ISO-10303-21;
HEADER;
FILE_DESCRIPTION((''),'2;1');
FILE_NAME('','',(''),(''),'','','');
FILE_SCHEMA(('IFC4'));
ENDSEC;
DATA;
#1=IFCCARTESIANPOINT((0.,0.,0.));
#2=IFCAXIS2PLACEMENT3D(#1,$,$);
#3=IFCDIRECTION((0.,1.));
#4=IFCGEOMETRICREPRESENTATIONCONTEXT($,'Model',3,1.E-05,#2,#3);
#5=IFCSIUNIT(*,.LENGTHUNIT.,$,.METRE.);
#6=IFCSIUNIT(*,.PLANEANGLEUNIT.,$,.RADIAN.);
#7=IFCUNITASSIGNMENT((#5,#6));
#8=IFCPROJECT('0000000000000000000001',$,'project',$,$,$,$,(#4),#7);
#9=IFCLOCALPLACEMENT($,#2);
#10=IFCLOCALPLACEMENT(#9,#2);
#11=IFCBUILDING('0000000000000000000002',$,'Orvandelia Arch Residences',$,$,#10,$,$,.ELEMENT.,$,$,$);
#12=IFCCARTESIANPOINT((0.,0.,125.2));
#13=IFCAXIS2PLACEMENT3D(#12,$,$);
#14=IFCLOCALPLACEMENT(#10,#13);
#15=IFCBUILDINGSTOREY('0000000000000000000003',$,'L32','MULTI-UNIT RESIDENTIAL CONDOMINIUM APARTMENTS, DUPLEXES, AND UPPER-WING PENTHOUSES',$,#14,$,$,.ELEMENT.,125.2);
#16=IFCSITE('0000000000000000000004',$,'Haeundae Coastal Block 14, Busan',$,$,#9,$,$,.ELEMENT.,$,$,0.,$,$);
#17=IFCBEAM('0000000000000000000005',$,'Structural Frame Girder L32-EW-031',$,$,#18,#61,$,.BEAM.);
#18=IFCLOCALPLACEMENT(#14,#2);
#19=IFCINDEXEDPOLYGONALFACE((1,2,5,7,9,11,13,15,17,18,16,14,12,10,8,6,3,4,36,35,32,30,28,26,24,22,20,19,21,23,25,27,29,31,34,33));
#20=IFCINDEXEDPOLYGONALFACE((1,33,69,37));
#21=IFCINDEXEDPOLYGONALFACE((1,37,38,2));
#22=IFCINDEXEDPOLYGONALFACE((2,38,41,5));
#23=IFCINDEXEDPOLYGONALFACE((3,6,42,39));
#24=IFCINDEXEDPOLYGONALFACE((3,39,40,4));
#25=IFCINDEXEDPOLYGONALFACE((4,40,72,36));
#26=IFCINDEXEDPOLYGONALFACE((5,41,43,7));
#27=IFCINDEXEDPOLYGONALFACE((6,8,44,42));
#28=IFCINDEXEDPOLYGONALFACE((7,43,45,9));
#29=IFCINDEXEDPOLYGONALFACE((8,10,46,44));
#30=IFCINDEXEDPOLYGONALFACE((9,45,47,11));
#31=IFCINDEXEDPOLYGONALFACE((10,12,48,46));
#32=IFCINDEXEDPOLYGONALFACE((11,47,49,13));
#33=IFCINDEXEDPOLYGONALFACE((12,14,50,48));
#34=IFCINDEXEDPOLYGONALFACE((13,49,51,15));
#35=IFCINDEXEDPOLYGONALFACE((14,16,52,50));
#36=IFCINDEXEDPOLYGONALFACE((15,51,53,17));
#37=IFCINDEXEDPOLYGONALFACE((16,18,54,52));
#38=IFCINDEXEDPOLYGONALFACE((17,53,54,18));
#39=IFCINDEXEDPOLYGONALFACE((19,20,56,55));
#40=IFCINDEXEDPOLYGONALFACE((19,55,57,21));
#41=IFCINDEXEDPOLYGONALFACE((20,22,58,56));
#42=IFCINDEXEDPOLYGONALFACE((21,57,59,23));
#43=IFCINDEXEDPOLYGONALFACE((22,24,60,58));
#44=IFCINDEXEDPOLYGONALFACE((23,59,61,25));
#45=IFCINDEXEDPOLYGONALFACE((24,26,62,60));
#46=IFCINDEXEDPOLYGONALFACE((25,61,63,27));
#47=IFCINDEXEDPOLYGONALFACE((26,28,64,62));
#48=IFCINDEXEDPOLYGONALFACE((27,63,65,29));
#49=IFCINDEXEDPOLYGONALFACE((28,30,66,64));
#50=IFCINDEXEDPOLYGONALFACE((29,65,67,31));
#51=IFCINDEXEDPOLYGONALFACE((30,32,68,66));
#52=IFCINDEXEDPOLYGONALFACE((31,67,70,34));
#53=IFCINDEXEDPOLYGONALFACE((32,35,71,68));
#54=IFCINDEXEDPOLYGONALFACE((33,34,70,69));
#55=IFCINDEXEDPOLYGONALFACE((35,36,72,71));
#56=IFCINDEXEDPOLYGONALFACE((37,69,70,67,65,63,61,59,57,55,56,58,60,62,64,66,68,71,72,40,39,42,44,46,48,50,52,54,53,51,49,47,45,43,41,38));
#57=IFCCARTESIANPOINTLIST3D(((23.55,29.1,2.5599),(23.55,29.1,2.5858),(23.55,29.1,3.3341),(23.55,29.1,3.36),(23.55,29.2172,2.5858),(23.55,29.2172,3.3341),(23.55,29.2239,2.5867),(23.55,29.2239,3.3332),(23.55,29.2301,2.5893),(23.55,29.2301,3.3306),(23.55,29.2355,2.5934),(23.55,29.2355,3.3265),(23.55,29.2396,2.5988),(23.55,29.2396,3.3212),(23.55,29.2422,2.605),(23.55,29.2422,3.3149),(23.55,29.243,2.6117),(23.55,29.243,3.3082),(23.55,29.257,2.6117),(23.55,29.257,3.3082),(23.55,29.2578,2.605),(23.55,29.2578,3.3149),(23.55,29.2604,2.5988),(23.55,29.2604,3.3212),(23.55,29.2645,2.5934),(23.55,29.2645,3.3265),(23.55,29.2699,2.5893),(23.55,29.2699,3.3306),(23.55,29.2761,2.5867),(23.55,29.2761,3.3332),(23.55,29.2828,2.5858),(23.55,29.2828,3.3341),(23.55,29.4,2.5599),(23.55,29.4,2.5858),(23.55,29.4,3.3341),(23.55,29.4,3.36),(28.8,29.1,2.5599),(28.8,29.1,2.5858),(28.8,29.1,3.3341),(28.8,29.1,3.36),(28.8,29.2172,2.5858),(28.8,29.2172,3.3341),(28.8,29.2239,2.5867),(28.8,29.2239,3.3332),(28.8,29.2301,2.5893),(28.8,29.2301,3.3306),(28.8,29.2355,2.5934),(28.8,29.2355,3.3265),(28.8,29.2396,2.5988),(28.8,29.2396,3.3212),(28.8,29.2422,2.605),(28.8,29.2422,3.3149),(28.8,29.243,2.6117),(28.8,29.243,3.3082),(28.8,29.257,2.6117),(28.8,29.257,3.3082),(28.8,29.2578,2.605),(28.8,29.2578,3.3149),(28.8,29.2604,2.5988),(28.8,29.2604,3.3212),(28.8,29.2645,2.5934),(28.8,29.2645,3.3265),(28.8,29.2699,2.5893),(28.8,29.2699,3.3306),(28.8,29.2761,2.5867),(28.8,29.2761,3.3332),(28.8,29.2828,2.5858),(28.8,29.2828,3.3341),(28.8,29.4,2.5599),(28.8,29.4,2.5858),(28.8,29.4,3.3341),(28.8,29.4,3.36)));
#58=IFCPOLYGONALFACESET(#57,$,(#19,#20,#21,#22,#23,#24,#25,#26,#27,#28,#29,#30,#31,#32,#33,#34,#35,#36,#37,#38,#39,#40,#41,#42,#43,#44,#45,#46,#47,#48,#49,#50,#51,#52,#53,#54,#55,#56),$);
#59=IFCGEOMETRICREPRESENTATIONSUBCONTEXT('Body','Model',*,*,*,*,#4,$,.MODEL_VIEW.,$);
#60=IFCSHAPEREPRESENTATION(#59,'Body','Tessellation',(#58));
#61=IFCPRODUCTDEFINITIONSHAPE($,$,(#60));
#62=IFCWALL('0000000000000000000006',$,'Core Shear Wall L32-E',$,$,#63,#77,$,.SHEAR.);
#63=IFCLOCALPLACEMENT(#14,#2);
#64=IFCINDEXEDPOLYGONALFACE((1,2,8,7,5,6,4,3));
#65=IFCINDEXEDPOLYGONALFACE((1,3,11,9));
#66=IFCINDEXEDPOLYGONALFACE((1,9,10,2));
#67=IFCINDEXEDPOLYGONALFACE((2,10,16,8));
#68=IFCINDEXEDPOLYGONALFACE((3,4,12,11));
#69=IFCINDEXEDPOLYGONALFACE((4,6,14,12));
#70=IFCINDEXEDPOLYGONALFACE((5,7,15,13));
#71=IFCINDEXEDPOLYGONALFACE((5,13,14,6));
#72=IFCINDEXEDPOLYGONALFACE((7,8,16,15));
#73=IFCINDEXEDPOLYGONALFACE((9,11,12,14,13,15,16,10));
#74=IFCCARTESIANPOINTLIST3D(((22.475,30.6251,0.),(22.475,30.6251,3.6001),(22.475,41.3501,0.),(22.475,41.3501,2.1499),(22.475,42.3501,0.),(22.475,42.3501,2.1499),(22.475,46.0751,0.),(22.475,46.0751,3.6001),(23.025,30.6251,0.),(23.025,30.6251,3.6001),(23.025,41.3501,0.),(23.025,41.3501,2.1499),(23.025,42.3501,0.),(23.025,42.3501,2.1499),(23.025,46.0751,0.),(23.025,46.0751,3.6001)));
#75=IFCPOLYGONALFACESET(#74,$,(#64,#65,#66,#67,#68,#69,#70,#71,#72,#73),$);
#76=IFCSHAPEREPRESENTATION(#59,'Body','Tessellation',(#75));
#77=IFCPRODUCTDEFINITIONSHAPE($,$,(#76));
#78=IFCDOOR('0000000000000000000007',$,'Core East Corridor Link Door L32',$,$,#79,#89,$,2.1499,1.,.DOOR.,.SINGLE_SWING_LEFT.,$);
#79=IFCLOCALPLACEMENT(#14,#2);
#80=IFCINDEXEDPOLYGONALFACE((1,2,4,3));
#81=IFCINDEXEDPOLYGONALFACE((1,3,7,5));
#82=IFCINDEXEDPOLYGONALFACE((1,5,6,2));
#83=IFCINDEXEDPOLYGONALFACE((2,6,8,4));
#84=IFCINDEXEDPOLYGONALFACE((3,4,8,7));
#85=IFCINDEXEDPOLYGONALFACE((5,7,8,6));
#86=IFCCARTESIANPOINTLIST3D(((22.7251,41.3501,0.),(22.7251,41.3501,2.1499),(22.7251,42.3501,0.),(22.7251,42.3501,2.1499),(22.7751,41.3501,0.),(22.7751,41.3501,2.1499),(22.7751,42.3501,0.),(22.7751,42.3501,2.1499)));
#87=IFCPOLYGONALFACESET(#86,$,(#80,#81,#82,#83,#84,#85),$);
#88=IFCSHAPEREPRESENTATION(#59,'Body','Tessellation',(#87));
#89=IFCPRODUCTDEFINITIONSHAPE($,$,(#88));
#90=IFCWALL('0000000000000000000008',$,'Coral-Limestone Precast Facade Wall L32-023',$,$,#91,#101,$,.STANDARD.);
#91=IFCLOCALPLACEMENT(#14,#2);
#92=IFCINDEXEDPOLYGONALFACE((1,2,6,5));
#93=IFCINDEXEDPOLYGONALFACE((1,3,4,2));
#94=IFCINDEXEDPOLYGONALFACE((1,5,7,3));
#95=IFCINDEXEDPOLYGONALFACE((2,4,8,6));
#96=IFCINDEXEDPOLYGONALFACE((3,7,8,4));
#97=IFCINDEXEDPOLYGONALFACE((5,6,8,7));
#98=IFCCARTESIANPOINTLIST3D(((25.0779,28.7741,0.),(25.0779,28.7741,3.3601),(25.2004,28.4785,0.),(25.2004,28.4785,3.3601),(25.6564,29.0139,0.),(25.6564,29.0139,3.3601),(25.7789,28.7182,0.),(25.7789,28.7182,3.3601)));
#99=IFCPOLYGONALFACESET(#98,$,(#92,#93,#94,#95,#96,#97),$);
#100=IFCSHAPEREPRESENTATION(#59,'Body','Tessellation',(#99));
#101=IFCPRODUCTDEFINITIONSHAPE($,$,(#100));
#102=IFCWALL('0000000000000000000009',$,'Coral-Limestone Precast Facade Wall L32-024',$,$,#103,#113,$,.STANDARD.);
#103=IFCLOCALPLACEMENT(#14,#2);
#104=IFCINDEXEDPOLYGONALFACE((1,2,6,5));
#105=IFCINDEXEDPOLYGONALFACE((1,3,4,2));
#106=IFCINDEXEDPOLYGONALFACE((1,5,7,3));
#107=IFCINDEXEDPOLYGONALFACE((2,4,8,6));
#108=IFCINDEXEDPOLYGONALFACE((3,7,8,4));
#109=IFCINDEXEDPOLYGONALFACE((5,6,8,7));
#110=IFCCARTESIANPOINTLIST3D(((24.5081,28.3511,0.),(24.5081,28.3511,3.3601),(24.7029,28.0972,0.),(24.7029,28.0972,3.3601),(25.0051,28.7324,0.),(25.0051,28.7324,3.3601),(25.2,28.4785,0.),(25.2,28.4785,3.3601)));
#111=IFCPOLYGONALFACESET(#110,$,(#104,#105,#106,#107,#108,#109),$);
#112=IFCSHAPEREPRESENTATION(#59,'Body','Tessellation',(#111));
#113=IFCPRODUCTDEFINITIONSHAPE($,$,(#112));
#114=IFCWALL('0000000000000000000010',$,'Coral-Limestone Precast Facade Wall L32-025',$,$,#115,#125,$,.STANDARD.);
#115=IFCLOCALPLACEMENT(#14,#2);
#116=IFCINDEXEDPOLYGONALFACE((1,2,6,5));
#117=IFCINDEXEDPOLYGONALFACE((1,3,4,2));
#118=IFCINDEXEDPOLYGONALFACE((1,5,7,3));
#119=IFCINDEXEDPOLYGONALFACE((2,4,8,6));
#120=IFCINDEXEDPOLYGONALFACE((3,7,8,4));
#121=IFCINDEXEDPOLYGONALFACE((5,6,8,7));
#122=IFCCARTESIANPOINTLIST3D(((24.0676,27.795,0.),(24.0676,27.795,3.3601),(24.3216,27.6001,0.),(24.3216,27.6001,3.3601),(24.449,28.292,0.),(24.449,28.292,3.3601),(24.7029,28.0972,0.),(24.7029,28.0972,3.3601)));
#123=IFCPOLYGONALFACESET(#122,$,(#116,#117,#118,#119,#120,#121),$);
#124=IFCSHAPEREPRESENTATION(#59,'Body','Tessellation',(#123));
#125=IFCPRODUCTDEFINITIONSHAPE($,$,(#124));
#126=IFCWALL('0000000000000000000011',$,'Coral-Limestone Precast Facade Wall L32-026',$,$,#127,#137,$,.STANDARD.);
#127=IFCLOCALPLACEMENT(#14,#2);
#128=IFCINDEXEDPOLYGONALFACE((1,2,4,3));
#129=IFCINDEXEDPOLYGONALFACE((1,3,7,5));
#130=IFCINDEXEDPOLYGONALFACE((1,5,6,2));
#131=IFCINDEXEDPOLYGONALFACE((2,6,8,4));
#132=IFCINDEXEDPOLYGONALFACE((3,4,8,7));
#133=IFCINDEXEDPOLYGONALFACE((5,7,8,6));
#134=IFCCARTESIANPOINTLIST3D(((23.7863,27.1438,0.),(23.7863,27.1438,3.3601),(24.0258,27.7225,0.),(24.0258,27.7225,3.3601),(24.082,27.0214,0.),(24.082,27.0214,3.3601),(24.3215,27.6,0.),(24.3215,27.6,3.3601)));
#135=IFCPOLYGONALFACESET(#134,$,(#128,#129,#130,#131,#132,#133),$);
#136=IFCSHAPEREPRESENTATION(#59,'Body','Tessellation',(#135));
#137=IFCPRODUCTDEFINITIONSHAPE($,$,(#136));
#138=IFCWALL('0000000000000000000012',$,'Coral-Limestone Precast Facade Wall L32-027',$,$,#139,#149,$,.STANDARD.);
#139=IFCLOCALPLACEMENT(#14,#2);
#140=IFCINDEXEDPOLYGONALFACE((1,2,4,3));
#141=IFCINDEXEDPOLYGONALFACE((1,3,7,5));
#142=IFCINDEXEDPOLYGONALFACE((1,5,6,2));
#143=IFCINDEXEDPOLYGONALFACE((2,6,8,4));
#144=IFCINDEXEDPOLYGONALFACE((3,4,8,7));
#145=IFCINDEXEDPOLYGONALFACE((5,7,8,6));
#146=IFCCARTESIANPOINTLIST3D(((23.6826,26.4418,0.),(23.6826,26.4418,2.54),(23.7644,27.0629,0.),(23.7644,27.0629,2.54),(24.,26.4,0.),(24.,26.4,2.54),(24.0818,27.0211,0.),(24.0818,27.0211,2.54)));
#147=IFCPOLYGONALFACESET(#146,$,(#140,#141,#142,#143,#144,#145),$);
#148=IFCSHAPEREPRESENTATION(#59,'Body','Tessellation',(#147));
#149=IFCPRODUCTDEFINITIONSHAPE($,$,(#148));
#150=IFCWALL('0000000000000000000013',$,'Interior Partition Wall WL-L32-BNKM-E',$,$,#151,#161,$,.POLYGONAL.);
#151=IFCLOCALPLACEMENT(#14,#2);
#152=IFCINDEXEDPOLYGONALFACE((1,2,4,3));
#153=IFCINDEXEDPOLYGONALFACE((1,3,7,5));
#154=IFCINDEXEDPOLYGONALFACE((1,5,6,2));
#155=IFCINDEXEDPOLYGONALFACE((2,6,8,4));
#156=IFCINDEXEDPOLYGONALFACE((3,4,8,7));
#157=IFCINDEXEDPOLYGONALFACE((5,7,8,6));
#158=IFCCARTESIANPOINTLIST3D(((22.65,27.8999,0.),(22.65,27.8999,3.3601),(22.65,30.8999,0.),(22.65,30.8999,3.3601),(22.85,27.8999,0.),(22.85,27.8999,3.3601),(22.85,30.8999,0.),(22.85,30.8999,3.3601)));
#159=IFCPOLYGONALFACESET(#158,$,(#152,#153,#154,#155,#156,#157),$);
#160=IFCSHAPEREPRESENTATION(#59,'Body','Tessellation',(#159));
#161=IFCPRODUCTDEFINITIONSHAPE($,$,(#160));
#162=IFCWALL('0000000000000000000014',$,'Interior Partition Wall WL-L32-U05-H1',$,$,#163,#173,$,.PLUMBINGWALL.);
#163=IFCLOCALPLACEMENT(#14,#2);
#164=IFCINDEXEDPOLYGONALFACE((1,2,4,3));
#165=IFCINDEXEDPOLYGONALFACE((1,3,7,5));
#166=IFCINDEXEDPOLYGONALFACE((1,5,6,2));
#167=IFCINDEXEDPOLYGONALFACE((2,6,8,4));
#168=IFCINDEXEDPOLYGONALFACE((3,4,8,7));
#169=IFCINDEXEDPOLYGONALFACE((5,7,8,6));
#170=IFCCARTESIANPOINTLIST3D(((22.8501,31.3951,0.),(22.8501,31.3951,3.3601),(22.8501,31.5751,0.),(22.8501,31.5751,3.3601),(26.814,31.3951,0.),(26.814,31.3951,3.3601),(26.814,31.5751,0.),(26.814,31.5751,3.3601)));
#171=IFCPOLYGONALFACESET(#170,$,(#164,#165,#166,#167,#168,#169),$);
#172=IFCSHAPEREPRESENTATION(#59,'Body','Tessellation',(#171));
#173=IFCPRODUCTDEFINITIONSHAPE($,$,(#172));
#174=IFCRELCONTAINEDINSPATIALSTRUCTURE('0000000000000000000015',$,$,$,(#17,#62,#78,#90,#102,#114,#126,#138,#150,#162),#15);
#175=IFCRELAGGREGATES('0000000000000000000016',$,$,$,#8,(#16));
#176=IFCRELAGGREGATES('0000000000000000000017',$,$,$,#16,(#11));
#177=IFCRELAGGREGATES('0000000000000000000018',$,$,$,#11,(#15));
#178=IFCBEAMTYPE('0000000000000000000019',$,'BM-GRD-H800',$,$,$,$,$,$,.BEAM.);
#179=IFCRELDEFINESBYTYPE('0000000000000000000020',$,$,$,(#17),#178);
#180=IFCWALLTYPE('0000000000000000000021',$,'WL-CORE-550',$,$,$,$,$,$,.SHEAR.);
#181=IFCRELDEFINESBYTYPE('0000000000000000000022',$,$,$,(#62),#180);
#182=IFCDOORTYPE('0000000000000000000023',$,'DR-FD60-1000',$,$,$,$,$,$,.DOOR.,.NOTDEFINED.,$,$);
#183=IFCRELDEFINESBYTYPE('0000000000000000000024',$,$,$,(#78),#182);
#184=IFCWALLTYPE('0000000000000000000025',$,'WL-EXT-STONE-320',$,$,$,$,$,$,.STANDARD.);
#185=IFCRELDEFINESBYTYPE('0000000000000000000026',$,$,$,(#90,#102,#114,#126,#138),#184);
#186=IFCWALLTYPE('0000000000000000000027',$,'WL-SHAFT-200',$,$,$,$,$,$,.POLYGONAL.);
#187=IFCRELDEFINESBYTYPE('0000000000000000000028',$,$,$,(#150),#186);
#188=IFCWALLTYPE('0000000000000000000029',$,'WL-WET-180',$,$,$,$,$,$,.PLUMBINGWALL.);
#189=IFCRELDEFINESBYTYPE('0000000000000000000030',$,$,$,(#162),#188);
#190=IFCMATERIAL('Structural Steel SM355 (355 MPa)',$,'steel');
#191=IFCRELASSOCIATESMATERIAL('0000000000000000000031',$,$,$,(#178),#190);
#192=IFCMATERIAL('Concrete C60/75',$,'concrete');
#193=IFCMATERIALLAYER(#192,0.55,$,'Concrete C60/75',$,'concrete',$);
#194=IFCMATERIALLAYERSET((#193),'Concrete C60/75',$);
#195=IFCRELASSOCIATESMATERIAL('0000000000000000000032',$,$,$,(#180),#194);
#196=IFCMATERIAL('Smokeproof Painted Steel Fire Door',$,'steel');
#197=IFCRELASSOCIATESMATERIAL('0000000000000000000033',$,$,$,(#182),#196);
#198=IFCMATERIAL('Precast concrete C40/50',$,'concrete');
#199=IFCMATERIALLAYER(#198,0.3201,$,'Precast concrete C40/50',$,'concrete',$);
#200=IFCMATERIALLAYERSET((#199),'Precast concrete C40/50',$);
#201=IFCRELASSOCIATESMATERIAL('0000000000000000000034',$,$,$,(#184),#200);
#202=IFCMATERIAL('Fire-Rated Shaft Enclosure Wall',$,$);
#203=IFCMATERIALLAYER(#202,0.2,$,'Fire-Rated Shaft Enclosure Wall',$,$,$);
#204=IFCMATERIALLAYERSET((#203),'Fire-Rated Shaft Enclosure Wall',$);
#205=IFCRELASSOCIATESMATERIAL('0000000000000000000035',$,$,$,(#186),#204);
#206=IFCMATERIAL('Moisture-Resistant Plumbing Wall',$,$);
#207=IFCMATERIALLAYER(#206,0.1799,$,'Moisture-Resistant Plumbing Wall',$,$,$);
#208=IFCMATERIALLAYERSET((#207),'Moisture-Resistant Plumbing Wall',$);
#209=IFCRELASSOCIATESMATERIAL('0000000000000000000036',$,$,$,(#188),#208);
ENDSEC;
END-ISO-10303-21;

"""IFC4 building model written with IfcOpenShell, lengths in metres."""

from ifc_helpers import new_model, si_unit, direction, frame, frame_2d, origin, origin_2d, place, context, subcontext, project, spatial, rectangle, i_section, extrude, material, layer, layer_set, material_profile, profile_set, type_object, element, fill, save


model = new_model("IFC4")

# Units and contexts
model_context = context("Model", 3, precision=1e-05, world=origin(), true_north=direction((0.0, 1.0)))
body_context = subcontext(model_context, "Body", "Model", "MODEL_VIEW")
ifc_project = project(units=[si_unit("LENGTHUNIT", "METRE"), si_unit("PLANEANGLEUNIT", "RADIAN")], contexts=[model_context])

# Site, building, storey
site_placement = place(None, origin())
site = spatial("IfcSite", under=ifc_project, at=site_placement, Name="Haeundae Coastal Block 14, Busan", CompositionType="ELEMENT", RefElevation=0.0)
building_placement = place(site_placement, origin())
building = spatial("IfcBuilding", under=site, at=building_placement, Name="Orvandelia Arch Residences", CompositionType="ELEMENT")
storey_placement = place(building_placement, frame((0.0, 0.0, 125.2)))
storey = spatial("IfcBuildingStorey", under=building, at=storey_placement, Name="L32", Description="MULTI-UNIT RESIDENTIAL CONDOMINIUM APARTMENTS, DUPLEXES, AND UPPER-WING PENTHOUSES", CompositionType="ELEMENT", Elevation=125.2)

# Shared definitions
ifc_material_1 = material(Name="Concrete C60/75", Category="concrete")

# Beam
ifc_material_2 = material(Name="Structural Steel SM355 (355 MPa)", Category="steel")
ifc_material_profile_1 = material_profile(ifc_material_2, i_section(OverallWidth=0.3, OverallDepth=0.8, WebThickness=0.0139, FlangeThickness=0.0259, FilletRadius=0.0259, at=origin_2d()), Name="Structural Steel SM355 (355 MPa)", Category="steel")
ifc_profile_set_1 = profile_set([ifc_material_profile_1], Name="Structural Steel SM355 (355 MPa)")
beam_type = type_object("IfcBeamType", Name="BM-GRD-H800", PredefinedType="BEAM", material=ifc_profile_set_1)
beam_1_placement = place(storey_placement, frame((23.55, 29.25, 2.96), z_axis=(1.0, 0.0, 0.0), x_axis=(0.0, 1.0, 0.0)))
element("IfcBeam", 1, at=beam_1_placement, inside=storey, type_object=beam_type, Name="Structural Frame Girder L32-EW-031", PredefinedType="BEAM", context=body_context, shape_type="SweptSolid", body=[
    extrude(i_section(OverallWidth=0.3, OverallDepth=0.8, WebThickness=0.0139, FlangeThickness=0.0259, FilletRadius=0.0259, at=origin_2d()), origin(), (0.0, 0.0, 1.0), 5.25),
])

# Wall, opening, door
ifc_layer_1 = layer(ifc_material_1, 0.55, Name="Concrete C60/75", Category="concrete")
ifc_layer_set_1 = layer_set([ifc_layer_1], Name="Concrete C60/75")
wall_type_1 = type_object("IfcWallType", Name="WL-CORE-550", PredefinedType="SHEAR", material=ifc_layer_set_1)
wall_1_placement = place(storey_placement, frame((22.75, 30.625, 0.0), z_axis=(0.0, 0.0, 1.0), x_axis=(0.0, 1.0, 0.0)))
wall_1 = element("IfcWall", 2, at=wall_1_placement, inside=storey, type_object=wall_type_1, Name="Core Shear Wall L32-E", PredefinedType="SHEAR", context=body_context, shape_type="SweptSolid", body=[
    extrude(rectangle(XDim=15.45, YDim=0.55, at=frame_2d((7.7251, 0.0))), origin(), (0.0, 0.0, 1.0), 3.6001),
])
opening_placement = place(wall_1_placement, frame((10.7251, 0.0, 0.0)))
opening = element("IfcOpeningElement", 3, at=opening_placement, cuts=wall_1, PredefinedType="OPENING", context=body_context, shape_type="SweptSolid", body=[
    extrude(rectangle(XDim=1.0, YDim=2.1499, at=frame_2d((0.5, 1.075))), frame((0.0, 0.2852, 0.0), z_axis=(0.0, -1.0, 0.0), x_axis=(1.0, 0.0, 0.0)), (0.0, 0.0, 1.0), 0.5701),
])
ifc_material_3 = material(Name="Smokeproof Painted Steel Fire Door", Category="steel")
door_type = type_object("IfcDoorType", Name="DR-FD60-1000", OperationType="NOTDEFINED", PredefinedType="DOOR", material=ifc_material_3)
door_placement = place(opening_placement, origin())
door = element("IfcDoor", 4, at=door_placement, inside=storey, type_object=door_type, Name="Core East Corridor Link Door L32", OperationType="SINGLE_SWING_LEFT", OverallHeight=2.1499, OverallWidth=1.0, PredefinedType="DOOR", context=body_context, shape_type="SweptSolid", body=[
    extrude(rectangle(XDim=1.0, YDim=2.1499, at=frame_2d((0.5, 1.075))), frame((0.0, 0.0249, 0.0), z_axis=(0.0, -1.0, 0.0), x_axis=(1.0, 0.0, 0.0)), (0.0, 0.0, 1.0), 0.05),
])
fill(opening, door)

# Walls
ifc_material_4 = material(Name="Precast concrete C40/50", Category="concrete")
ifc_layer_2 = layer(ifc_material_4, 0.3201, Name="Precast concrete C40/50", Category="concrete")
ifc_layer_set_2 = layer_set([ifc_layer_2], Name="Precast concrete C40/50")
wall_type_2 = type_object("IfcWallType", Name="WL-EXT-STONE-320", PredefinedType="STANDARD", material=ifc_layer_set_2)
wall_2_placement = place(storey_placement, frame((25.7175, 28.866, 0.0), z_axis=(0.0, 0.0, 1.0), x_axis=(-0.923836, -0.382788, 0.0)))
element("IfcWall", 5, at=wall_2_placement, inside=storey, type_object=wall_type_2, Name="Coral-Limestone Precast Facade Wall L32-023", PredefinedType="STANDARD", context=body_context, shape_type="SweptSolid", body=[
    extrude(rectangle(XDim=0.6262, YDim=0.3201, at=frame_2d((0.313, 0.0))), origin(), (0.0, 0.0, 1.0), 3.3601),
])
for number, where, z_axis, x_axis, name in (
    (6, (25.1025, 28.6055, 0.0), (0.0, 0.0, 1.0), (-0.793406, -0.608693, 0.0), "Coral-Limestone Precast Facade Wall L32-024"),
    (7, (24.5759, 28.1946, 0.0), (0.0, 0.0, 1.0), (-0.608693, -0.793406, 0.0), "Coral-Limestone Precast Facade Wall L32-025"),
):
    element("IfcWall", number, at=place(storey_placement, frame(where, z_axis=z_axis, x_axis=x_axis)), inside=storey, type_object=wall_type_2, Name=name, PredefinedType="STANDARD", context=body_context, shape_type="SweptSolid", body=[
        extrude(rectangle(XDim=0.6265, YDim=0.3201, at=frame_2d((0.3132, 0.0))), origin(), (0.0, 0.0, 1.0), 3.3601),
    ])
wall_3_placement = place(storey_placement, frame((24.1736, 27.6611, 0.0), z_axis=(0.0, 0.0, 1.0), x_axis=(-0.382455, -0.923974, 0.0)))
element("IfcWall", 8, at=wall_3_placement, inside=storey, type_object=wall_type_2, Name="Coral-Limestone Precast Facade Wall L32-026", PredefinedType="STANDARD", context=body_context, shape_type="SweptSolid", body=[
    extrude(rectangle(XDim=0.6262, YDim=0.3201, at=frame_2d((0.313, 0.0))), origin(), (0.0, 0.0, 1.0), 3.3601),
])
wall_4_placement = place(storey_placement, frame((23.9231, 27.042, 0.0), z_axis=(0.0, 0.0, 1.0), x_axis=(-0.130555, -0.991441, 0.0)))
element("IfcWall", 9, at=wall_4_placement, inside=storey, type_object=wall_type_2, Name="Coral-Limestone Precast Facade Wall L32-027", PredefinedType="STANDARD", context=body_context, shape_type="SweptSolid", body=[
    extrude(rectangle(XDim=0.6265, YDim=0.3201, at=frame_2d((0.3132, 0.0))), origin(), (0.0, 0.0, 1.0), 2.54),
])
ifc_material_5 = material(Name="Fire-Rated Shaft Enclosure Wall")
ifc_layer_3 = layer(ifc_material_5, 0.2, Name="Fire-Rated Shaft Enclosure Wall")
ifc_layer_set_3 = layer_set([ifc_layer_3], Name="Fire-Rated Shaft Enclosure Wall")
wall_type_3 = type_object("IfcWallType", Name="WL-SHAFT-200", PredefinedType="POLYGONAL", material=ifc_layer_set_3)
wall_5_placement = place(storey_placement, frame((22.75, 27.8999, 0.0), z_axis=(0.0, 0.0, 1.0), x_axis=(0.0, 1.0, 0.0)))
element("IfcWall", 10, at=wall_5_placement, inside=storey, type_object=wall_type_3, Name="Interior Partition Wall WL-L32-BNKM-E", PredefinedType="POLYGONAL", context=body_context, shape_type="SweptSolid", body=[
    extrude(rectangle(XDim=3.0, YDim=0.2, at=frame_2d((1.5, 0.0))), origin(), (0.0, 0.0, 1.0), 3.3601),
])
ifc_material_6 = material(Name="Moisture-Resistant Plumbing Wall")
ifc_layer_4 = layer(ifc_material_6, 0.1799, Name="Moisture-Resistant Plumbing Wall")
ifc_layer_set_4 = layer_set([ifc_layer_4], Name="Moisture-Resistant Plumbing Wall")
wall_type_4 = type_object("IfcWallType", Name="WL-WET-180", PredefinedType="PLUMBINGWALL", material=ifc_layer_set_4)
wall_6_placement = place(storey_placement, frame((22.8501, 31.4851, 0.0), z_axis=(0.0, 0.0, 1.0), x_axis=(1.0, 0.0, 0.0)))
element("IfcWall", 11, at=wall_6_placement, inside=storey, type_object=wall_type_4, Name="Interior Partition Wall WL-L32-U05-H1", PredefinedType="PLUMBINGWALL", context=body_context, shape_type="SweptSolid", body=[
    extrude(rectangle(XDim=3.9639, YDim=0.1799, at=frame_2d((1.9819, 0.0))), origin(), (0.0, 0.0, 1.0), 3.3601),
])

save(model, "model.ifc")
